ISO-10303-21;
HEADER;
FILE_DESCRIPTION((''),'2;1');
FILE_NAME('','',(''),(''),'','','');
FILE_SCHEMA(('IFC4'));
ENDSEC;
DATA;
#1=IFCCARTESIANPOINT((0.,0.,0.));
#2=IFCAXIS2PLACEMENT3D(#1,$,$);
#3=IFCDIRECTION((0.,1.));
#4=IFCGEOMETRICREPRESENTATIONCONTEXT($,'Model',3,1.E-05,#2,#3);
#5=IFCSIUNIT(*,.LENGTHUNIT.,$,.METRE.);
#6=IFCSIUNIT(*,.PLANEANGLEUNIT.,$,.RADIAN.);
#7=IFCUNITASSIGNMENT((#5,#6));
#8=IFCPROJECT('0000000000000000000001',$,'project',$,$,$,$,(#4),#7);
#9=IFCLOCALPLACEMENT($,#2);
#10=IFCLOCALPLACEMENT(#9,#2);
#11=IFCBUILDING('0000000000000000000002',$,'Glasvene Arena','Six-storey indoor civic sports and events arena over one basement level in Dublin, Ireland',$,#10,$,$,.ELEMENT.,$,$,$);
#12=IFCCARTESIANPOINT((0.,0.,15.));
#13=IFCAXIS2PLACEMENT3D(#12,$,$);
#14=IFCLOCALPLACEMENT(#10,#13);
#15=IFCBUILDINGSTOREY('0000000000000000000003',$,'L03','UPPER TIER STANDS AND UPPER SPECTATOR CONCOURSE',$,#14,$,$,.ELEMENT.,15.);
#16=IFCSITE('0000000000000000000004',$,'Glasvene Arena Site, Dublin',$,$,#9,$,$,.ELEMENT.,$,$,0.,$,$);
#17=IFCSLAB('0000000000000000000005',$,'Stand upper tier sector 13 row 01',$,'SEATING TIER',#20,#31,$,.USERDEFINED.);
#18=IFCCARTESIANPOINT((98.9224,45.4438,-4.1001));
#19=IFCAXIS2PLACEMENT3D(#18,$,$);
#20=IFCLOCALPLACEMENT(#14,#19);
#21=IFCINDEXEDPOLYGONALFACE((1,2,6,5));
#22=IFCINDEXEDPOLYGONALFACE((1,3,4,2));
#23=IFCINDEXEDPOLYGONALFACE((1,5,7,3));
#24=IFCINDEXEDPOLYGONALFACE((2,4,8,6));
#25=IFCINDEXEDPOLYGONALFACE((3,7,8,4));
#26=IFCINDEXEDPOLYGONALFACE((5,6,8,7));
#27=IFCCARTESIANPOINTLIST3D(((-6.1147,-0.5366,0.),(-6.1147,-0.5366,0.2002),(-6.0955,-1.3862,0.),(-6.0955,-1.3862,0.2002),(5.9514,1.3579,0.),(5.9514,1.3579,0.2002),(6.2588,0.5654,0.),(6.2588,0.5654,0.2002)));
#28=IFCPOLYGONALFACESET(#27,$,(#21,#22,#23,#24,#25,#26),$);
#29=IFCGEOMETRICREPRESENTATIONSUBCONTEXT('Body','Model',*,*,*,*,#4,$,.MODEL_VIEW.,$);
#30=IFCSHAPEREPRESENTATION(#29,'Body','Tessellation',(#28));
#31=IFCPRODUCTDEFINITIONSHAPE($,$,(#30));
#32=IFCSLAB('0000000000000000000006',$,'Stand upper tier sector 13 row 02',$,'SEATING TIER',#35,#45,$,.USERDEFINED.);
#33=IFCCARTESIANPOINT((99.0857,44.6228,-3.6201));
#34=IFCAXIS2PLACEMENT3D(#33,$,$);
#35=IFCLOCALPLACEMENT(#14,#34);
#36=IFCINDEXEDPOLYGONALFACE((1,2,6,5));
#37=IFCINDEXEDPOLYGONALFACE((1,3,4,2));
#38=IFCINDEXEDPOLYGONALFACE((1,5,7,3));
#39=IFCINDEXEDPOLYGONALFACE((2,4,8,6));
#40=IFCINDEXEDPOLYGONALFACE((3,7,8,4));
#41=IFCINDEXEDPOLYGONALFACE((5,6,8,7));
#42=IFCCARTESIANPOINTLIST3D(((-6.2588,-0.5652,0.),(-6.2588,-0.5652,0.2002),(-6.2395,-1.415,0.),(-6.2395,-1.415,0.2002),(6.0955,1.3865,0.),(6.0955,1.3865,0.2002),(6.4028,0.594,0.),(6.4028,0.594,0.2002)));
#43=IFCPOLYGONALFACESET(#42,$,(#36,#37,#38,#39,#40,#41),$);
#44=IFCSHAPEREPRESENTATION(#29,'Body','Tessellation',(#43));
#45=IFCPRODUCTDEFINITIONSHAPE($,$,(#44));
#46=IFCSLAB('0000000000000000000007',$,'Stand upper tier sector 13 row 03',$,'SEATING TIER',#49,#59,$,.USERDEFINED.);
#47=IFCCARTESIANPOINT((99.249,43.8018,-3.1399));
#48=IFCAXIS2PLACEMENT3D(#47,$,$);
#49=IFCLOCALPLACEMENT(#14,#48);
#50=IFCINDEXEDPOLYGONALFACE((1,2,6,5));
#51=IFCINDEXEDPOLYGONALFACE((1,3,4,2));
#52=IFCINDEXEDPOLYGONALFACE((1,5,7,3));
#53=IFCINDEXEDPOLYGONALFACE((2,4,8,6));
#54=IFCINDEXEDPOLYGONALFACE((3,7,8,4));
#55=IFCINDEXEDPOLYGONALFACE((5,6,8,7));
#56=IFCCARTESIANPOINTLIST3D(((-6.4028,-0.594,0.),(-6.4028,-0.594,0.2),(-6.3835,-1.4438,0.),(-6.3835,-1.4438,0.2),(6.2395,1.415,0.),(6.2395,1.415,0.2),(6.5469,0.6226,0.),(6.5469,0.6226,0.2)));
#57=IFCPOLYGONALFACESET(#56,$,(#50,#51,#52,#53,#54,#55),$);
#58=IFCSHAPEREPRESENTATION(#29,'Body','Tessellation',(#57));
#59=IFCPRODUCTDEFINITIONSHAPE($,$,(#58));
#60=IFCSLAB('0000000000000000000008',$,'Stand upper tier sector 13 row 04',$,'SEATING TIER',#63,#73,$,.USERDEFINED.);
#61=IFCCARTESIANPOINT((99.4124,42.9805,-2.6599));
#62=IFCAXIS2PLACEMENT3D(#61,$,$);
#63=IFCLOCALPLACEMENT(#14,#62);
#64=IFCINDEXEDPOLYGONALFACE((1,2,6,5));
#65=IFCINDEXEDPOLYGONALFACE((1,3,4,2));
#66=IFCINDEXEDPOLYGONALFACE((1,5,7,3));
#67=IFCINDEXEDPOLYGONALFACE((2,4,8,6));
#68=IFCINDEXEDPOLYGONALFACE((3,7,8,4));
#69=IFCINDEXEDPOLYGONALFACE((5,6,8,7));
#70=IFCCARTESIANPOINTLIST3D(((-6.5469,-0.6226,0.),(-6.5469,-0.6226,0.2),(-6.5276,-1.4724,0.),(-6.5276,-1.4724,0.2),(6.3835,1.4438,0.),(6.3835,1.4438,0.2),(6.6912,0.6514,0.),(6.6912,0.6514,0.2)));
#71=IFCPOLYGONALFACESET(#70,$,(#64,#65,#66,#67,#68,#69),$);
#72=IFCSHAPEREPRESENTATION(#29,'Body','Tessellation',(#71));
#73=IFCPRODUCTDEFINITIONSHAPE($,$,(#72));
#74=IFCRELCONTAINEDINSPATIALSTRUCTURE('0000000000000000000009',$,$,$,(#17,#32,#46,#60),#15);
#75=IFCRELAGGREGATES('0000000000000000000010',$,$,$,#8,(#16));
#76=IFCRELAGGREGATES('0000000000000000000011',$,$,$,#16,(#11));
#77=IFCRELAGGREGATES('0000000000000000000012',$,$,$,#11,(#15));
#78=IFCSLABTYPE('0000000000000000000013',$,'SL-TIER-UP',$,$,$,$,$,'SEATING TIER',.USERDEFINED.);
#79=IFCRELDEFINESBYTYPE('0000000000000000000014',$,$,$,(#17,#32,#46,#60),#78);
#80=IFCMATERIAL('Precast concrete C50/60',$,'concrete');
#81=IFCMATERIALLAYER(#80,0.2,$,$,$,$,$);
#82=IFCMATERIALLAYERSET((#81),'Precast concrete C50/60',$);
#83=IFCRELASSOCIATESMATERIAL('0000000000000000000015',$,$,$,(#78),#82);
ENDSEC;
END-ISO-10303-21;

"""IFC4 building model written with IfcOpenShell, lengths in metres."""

from ifc_helpers import new_model, si_unit, direction, frame, origin, place, context, subcontext, project, spatial, polyline, outline, extrude, material, layer, layer_set, type_object, element, save


model = new_model("IFC4")

# Units and contexts
model_context = context("Model", 3, precision=1e-05, world=origin(), true_north=direction((0.0, 1.0)))
body_context = subcontext(model_context, "Body", "Model", "MODEL_VIEW")
ifc_project = project(units=[si_unit("LENGTHUNIT", "METRE"), si_unit("PLANEANGLEUNIT", "RADIAN")], contexts=[model_context])

# Site, building, storey
site_placement = place(None, origin())
site = spatial("IfcSite", under=ifc_project, at=site_placement, Name="Glasvene Arena Site, Dublin", CompositionType="ELEMENT", RefElevation=0.0)
building_placement = place(site_placement, origin())
building = spatial("IfcBuilding", under=site, at=building_placement, Name="Glasvene Arena", Description="Six-storey indoor civic sports and events arena over one basement level in Dublin, Ireland", CompositionType="ELEMENT")
storey_placement = place(building_placement, frame((0.0, 0.0, 15.0)))
storey = spatial("IfcBuildingStorey", under=building, at=storey_placement, Name="L03", Description="UPPER TIER STANDS AND UPPER SPECTATOR CONCOURSE", CompositionType="ELEMENT", Elevation=15.0)

# Shared definitions
ifc_material_1 = material(Name="Precast concrete C50/60", Category="concrete")

# Slabs
ifc_layer = layer(ifc_material_1, 0.2)
ifc_layer_set = layer_set([ifc_layer], Name="Precast concrete C50/60")
slab_type = type_object("IfcSlabType", Name="SL-TIER-UP", ElementType="SEATING TIER", PredefinedType="USERDEFINED", material=ifc_layer_set)
slab_1_placement = place(storey_placement, frame((98.9224, 45.4438, -4.1001)))
element("IfcSlab", 1, at=slab_1_placement, inside=storey, type_object=slab_type, Name="Stand upper tier sector 13 row 01", ObjectType="SEATING TIER", PredefinedType="USERDEFINED", context=body_context, shape_type="SweptSolid", body=[
    extrude(outline(polyline([(-6.1147, -0.5366), (5.9514, 1.3579), (6.2588, 0.5654), (-6.0955, -1.3862), (-6.1147, -0.5366)])), origin(), (0.0, 0.0, 1.0), 0.2002),
])
slab_2_placement = place(storey_placement, frame((99.0857, 44.6228, -3.6201)))
element("IfcSlab", 2, at=slab_2_placement, inside=storey, type_object=slab_type, Name="Stand upper tier sector 13 row 02", ObjectType="SEATING TIER", PredefinedType="USERDEFINED", context=body_context, shape_type="SweptSolid", body=[
    extrude(outline(polyline([(-6.2588, -0.5652), (6.0955, 1.3865), (6.4028, 0.594), (-6.2395, -1.415), (-6.2588, -0.5652)])), origin(), (0.0, 0.0, 1.0), 0.2002),
])
slab_3_placement = place(storey_placement, frame((99.249, 43.8018, -3.1399)))
element("IfcSlab", 3, at=slab_3_placement, inside=storey, type_object=slab_type, Name="Stand upper tier sector 13 row 03", ObjectType="SEATING TIER", PredefinedType="USERDEFINED", context=body_context, shape_type="SweptSolid", body=[
    extrude(outline(polyline([(-6.4028, -0.594), (6.2395, 1.415), (6.5469, 0.6226), (-6.3835, -1.4438), (-6.4028, -0.594)])), origin(), (0.0, 0.0, 1.0), 0.2),
])
slab_4_placement = place(storey_placement, frame((99.4124, 42.9805, -2.6599)))
element("IfcSlab", 4, at=slab_4_placement, inside=storey, type_object=slab_type, Name="Stand upper tier sector 13 row 04", ObjectType="SEATING TIER", PredefinedType="USERDEFINED", context=body_context, shape_type="SweptSolid", body=[
    extrude(outline(polyline([(-6.5469, -0.6226), (6.3835, 1.4438), (6.6912, 0.6514), (-6.5276, -1.4724), (-6.5469, -0.6226)])), origin(), (0.0, 0.0, 1.0), 0.2),
])

save(model, "model.ifc")
